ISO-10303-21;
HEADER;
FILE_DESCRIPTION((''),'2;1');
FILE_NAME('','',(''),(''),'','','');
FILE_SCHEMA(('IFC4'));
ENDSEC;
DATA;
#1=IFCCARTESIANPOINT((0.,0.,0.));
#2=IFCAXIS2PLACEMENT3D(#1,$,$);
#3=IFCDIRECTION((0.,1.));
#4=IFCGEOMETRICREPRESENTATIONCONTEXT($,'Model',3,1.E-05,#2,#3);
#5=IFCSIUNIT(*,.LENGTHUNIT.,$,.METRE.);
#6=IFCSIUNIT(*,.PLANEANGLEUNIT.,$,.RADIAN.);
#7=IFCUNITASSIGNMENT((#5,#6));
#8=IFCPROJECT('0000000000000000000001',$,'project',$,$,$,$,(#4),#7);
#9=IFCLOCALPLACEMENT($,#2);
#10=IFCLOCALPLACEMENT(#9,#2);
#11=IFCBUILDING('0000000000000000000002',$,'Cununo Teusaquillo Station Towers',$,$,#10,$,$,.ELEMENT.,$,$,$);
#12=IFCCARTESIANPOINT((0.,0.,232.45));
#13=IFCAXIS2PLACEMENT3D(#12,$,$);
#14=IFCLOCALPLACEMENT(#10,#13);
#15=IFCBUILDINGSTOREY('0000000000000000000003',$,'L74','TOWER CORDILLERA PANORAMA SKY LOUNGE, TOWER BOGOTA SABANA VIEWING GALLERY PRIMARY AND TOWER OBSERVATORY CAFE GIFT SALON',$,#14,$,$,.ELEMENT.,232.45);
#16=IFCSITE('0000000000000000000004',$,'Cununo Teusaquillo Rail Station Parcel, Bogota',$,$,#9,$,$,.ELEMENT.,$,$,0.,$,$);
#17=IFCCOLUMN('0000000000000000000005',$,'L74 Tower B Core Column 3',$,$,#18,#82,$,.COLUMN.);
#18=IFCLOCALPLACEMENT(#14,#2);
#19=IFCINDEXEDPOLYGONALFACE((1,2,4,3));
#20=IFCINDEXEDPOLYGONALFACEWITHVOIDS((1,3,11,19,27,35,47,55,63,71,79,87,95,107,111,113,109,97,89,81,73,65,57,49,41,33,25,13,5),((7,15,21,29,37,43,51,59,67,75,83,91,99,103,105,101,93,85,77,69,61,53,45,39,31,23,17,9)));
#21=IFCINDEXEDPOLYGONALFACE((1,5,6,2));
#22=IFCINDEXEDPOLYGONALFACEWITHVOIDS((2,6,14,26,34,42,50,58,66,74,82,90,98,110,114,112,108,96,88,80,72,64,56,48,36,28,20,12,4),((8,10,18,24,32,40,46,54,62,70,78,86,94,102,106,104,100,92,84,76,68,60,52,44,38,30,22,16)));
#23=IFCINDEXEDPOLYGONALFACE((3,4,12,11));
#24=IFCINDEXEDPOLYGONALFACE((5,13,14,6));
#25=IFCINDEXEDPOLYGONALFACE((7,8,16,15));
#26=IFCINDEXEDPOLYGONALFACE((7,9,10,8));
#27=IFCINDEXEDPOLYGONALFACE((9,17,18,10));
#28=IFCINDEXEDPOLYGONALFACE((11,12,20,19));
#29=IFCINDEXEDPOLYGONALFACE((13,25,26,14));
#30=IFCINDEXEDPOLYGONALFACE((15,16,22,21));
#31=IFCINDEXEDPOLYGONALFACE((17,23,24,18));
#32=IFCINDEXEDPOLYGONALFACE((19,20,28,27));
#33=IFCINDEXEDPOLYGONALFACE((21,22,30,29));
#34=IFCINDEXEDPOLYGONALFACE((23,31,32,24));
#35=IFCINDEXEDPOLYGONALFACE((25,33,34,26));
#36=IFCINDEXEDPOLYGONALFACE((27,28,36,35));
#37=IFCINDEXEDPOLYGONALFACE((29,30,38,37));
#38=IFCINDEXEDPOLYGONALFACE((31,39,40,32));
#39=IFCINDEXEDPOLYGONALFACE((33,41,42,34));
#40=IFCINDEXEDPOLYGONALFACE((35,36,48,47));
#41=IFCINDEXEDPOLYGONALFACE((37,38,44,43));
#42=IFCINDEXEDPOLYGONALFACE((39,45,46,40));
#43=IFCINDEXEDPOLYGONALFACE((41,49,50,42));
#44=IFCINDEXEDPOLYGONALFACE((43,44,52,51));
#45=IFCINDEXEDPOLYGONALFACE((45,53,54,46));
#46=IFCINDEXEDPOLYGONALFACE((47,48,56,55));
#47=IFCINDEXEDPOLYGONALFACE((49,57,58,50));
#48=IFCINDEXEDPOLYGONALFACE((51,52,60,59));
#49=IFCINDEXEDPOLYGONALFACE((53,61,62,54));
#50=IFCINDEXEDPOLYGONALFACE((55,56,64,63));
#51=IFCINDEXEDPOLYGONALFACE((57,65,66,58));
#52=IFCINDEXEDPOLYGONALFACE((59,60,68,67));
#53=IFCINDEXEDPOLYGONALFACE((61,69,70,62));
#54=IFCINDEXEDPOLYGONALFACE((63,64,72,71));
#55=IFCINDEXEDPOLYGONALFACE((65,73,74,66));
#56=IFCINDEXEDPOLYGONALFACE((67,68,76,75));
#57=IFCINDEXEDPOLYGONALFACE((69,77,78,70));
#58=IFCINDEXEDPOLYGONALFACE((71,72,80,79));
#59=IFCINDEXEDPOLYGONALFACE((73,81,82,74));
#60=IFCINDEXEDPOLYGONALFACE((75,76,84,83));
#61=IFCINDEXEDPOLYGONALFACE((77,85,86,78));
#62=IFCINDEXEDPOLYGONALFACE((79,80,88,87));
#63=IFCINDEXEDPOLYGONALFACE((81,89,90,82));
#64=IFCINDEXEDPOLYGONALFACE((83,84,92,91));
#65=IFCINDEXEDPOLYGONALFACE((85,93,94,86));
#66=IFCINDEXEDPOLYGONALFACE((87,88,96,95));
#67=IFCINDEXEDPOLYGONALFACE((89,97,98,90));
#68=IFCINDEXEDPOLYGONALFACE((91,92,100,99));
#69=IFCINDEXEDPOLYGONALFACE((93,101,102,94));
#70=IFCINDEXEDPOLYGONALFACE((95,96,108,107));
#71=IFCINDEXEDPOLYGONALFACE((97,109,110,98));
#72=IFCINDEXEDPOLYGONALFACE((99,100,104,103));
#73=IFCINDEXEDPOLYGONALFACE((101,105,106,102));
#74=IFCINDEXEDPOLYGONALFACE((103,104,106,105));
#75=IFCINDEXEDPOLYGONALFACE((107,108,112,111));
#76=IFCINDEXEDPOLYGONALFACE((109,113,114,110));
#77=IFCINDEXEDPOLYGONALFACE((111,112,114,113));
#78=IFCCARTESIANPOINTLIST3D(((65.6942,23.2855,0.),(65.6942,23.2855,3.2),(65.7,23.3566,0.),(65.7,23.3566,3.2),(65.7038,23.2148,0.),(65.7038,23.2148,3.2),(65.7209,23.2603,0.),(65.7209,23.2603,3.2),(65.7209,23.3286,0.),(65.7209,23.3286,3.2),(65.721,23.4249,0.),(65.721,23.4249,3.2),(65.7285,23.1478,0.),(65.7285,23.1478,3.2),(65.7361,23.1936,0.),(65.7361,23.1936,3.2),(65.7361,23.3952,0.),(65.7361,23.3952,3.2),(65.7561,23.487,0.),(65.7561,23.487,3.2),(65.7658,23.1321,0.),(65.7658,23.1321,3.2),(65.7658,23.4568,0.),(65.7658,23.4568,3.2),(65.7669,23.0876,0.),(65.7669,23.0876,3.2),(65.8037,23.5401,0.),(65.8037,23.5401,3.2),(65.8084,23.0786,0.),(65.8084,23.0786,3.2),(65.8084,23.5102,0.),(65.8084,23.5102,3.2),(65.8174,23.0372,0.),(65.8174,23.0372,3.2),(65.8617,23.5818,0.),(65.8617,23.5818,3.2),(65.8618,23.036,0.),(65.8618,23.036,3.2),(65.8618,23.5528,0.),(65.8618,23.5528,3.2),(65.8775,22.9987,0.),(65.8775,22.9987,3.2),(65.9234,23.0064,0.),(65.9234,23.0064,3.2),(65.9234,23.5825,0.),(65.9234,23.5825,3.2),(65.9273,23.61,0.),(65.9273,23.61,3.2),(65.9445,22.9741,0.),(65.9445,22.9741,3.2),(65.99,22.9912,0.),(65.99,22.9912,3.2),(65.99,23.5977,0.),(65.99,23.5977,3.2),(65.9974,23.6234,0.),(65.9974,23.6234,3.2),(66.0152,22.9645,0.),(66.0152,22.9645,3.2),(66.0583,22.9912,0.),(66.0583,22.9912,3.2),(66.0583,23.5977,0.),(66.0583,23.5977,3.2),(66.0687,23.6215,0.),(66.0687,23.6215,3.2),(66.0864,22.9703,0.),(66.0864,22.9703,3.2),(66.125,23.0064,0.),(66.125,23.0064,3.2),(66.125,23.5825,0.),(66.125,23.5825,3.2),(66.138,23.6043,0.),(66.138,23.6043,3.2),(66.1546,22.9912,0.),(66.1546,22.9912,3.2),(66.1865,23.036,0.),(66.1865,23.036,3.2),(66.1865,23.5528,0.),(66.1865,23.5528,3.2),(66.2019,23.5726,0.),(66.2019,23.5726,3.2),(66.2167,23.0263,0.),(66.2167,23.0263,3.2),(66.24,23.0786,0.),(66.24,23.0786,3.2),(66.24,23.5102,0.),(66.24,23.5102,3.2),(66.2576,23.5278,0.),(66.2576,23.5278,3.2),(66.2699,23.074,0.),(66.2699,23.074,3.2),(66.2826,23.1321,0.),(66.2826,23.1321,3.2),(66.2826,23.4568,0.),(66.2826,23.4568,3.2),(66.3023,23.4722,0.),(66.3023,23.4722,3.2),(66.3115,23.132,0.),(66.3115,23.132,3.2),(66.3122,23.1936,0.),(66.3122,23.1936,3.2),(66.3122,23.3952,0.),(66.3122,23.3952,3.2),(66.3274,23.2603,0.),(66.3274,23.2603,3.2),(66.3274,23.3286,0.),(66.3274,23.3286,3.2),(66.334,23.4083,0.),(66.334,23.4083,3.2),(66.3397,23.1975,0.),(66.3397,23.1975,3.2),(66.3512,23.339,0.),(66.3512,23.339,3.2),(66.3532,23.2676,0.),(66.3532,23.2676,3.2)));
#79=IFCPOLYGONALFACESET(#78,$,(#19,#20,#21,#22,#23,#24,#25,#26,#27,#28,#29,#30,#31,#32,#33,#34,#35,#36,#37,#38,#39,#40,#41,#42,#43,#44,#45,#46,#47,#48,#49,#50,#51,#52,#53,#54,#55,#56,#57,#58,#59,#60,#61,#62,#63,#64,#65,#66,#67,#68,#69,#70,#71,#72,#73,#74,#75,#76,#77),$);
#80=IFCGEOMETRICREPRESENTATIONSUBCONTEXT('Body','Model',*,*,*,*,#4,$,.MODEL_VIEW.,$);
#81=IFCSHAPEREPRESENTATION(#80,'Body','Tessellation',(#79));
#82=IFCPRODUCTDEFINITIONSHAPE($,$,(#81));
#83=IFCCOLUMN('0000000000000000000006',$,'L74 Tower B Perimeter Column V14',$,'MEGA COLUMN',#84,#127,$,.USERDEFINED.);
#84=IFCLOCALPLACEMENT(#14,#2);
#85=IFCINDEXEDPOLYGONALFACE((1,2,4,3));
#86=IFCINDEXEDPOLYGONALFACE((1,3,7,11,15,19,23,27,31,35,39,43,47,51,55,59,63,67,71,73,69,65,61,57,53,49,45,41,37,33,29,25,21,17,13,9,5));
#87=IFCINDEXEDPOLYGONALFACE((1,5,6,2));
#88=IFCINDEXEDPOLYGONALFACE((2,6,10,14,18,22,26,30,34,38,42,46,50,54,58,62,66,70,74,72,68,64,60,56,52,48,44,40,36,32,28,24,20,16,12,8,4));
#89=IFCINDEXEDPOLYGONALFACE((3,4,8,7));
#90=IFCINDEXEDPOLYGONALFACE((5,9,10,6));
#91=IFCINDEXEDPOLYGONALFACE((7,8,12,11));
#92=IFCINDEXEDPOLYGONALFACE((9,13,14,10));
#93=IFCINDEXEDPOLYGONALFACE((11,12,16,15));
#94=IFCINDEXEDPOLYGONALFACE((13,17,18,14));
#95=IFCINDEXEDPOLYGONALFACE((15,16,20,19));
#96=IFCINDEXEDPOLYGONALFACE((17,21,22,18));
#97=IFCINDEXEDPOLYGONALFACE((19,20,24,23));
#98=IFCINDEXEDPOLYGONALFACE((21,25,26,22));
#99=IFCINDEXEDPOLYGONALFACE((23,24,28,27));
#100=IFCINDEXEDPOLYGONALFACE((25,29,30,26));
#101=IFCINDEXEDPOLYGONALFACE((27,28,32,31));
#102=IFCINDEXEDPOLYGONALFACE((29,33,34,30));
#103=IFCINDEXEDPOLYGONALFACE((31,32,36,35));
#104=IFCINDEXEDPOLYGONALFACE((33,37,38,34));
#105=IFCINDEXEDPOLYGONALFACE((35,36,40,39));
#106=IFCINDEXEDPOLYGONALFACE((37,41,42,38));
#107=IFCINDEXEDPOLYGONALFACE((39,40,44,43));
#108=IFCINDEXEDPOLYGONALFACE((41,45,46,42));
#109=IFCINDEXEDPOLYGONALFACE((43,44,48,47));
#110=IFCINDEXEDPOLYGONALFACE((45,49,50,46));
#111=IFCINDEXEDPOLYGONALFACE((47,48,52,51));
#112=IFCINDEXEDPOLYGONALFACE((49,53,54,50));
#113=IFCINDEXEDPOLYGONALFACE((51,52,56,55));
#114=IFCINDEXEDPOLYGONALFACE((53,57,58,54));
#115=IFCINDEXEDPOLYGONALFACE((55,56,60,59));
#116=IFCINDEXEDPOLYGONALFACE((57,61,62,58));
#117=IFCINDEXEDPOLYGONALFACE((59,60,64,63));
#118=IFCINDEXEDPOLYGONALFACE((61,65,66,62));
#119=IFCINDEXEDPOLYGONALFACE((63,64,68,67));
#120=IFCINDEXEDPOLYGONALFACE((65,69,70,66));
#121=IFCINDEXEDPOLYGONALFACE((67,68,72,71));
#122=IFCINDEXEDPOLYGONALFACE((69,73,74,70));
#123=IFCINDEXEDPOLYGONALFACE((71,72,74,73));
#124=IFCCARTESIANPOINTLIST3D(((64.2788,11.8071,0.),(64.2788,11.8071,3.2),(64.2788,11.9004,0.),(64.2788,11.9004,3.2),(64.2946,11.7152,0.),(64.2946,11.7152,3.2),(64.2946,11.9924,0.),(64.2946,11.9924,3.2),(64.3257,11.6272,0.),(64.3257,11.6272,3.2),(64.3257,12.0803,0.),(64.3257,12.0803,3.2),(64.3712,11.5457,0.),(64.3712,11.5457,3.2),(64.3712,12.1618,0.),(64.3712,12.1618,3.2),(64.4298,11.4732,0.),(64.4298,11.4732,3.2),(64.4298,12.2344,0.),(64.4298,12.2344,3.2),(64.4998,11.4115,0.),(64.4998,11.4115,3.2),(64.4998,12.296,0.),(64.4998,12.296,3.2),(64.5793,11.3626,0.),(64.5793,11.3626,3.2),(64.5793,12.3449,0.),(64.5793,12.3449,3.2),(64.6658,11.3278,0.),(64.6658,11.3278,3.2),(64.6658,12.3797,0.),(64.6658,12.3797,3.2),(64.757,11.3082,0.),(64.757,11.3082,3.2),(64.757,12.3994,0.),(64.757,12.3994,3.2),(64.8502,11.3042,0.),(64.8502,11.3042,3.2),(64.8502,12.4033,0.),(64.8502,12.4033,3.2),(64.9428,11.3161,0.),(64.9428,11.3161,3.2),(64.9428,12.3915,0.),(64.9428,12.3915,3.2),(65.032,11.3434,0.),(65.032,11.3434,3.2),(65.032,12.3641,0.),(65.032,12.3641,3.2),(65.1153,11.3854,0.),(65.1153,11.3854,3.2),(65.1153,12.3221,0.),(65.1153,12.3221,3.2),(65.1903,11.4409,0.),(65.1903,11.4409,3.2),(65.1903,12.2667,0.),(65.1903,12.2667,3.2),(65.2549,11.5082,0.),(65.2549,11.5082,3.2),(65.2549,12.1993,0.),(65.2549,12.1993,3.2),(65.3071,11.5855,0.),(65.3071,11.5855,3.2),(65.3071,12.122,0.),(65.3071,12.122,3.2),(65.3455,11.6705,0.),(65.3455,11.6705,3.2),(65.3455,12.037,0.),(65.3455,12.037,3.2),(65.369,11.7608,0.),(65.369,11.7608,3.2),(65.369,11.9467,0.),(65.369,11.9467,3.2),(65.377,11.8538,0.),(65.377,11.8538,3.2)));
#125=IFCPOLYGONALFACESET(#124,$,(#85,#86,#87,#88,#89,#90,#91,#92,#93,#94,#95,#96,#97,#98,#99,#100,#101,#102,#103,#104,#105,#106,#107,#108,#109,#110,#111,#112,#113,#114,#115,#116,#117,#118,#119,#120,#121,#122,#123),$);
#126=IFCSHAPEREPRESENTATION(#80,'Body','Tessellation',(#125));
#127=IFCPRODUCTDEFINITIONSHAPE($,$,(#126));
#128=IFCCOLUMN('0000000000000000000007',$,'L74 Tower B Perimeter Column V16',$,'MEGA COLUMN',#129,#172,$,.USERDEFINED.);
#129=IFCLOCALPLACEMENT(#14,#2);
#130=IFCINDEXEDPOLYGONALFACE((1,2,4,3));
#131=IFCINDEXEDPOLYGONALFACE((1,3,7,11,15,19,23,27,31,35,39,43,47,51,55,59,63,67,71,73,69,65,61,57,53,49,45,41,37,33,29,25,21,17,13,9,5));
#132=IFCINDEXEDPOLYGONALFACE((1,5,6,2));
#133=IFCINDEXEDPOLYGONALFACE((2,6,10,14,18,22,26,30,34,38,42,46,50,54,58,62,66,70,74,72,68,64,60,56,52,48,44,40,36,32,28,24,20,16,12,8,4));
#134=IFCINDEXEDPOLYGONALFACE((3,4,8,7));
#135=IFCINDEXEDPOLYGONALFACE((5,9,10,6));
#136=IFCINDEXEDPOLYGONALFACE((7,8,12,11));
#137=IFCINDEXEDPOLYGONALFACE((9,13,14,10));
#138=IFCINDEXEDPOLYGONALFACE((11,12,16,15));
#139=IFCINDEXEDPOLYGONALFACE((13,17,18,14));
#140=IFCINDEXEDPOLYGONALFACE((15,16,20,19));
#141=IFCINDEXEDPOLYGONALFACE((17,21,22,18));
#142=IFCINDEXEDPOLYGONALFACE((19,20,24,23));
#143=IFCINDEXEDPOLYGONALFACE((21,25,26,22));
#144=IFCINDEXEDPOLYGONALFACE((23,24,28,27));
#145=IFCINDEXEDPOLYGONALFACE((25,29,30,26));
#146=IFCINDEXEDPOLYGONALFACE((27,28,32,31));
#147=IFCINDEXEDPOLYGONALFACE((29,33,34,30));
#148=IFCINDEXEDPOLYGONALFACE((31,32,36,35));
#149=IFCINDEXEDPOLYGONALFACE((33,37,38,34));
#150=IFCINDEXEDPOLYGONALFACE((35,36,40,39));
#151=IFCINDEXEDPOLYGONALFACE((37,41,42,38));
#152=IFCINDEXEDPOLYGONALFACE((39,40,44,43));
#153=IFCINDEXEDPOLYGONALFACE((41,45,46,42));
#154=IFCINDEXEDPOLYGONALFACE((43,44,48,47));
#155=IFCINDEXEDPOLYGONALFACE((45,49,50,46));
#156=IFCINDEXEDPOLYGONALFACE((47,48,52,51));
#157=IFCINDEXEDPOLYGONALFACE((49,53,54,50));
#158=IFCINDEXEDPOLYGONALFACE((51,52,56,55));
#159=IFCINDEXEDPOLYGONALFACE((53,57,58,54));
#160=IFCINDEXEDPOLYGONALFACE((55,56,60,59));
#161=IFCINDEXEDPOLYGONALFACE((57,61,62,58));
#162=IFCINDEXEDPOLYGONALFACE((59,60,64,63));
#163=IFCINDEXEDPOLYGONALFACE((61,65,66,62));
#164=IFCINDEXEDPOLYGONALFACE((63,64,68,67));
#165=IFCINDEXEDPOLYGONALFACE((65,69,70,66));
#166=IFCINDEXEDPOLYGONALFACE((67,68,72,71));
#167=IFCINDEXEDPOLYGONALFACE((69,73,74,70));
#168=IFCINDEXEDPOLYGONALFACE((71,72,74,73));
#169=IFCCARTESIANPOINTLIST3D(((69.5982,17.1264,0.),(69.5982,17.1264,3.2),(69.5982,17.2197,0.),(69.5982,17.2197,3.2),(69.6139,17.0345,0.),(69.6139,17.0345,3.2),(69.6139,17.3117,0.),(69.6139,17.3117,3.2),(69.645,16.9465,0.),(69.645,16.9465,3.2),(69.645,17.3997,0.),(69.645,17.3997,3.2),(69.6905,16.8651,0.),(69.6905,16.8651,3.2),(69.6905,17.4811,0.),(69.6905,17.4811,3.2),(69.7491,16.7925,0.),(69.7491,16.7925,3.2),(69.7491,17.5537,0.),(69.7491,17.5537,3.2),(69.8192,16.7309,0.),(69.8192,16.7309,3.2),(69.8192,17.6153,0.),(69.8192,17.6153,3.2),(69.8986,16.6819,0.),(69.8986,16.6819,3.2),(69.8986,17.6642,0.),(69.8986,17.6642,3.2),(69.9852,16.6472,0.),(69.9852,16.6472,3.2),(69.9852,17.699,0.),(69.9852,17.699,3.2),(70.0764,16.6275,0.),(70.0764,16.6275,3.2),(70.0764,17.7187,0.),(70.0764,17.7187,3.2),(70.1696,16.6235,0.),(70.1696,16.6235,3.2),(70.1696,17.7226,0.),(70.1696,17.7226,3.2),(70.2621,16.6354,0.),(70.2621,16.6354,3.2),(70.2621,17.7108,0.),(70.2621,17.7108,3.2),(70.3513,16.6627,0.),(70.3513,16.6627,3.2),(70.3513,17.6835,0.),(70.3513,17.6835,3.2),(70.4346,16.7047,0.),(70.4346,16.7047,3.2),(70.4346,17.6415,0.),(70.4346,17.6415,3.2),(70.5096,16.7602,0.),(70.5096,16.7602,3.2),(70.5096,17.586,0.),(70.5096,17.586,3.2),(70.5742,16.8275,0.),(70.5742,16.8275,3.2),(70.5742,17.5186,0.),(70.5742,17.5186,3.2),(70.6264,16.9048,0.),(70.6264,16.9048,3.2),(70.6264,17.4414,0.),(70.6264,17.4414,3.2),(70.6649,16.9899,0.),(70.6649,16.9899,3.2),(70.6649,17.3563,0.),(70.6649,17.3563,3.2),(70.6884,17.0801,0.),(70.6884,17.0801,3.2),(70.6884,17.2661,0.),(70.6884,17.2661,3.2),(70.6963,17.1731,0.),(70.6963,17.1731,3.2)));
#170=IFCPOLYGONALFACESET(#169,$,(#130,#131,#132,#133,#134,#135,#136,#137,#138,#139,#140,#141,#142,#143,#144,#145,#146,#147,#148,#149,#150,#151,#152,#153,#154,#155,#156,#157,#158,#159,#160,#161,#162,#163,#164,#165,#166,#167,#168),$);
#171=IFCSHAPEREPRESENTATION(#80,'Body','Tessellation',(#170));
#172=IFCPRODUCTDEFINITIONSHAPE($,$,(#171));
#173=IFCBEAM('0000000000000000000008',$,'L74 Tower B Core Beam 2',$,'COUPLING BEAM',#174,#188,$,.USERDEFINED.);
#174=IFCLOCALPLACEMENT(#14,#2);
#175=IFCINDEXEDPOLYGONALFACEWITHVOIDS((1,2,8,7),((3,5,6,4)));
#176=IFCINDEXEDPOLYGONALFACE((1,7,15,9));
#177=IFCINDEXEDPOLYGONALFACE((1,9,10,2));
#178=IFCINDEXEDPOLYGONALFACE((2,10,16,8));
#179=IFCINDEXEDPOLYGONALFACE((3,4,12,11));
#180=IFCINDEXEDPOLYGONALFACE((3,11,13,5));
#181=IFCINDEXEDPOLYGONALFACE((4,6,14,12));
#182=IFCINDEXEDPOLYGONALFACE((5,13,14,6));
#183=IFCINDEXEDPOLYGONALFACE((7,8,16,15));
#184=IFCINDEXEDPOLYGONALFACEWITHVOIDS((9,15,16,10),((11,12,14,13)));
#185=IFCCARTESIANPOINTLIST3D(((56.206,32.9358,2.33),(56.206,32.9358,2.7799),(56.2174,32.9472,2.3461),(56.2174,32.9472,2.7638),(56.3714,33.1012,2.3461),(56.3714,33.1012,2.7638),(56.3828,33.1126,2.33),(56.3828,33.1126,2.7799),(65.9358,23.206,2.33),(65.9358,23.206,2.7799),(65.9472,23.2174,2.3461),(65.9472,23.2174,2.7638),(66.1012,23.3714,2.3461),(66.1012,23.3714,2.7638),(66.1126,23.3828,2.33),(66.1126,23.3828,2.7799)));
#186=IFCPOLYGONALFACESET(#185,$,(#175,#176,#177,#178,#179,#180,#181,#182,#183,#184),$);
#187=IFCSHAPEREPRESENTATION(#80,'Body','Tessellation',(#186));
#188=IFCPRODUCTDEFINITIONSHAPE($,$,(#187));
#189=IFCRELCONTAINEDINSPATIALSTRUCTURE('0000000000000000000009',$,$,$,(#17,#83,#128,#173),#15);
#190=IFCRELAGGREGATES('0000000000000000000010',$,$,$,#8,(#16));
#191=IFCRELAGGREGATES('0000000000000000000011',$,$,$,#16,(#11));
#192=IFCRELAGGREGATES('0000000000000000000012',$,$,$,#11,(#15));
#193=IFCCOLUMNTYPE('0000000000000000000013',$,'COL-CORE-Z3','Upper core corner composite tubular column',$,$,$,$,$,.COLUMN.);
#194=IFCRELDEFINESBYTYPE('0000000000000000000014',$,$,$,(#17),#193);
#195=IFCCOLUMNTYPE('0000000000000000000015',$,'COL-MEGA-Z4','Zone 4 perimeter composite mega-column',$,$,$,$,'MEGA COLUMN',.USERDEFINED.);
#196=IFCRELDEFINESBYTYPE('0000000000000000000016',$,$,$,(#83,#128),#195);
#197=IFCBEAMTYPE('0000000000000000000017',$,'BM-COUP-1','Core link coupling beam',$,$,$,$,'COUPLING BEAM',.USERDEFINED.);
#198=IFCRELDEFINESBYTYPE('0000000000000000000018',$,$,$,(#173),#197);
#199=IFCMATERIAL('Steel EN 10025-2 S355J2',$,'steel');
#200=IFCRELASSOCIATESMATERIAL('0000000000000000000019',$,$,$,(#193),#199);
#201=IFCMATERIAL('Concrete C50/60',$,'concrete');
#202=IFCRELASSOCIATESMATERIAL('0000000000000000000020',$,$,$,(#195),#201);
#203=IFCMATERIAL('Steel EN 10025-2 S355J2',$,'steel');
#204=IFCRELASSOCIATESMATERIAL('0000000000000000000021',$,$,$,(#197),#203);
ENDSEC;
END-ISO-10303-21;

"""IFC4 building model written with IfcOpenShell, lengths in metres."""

from ifc_helpers import new_model, si_unit, direction, frame, origin, origin_2d, place, context, subcontext, project, spatial, hollow_rectangle, circle, hollow_circle, extrude, material, material_profile, profile_set, type_object, element, save


model = new_model("IFC4")

# Units and contexts
model_context = context("Model", 3, precision=1e-05, world=origin(), true_north=direction((0.0, 1.0)))
body_context = subcontext(model_context, "Body", "Model", "MODEL_VIEW")
ifc_project = project(units=[si_unit("LENGTHUNIT", "METRE"), si_unit("PLANEANGLEUNIT", "RADIAN")], contexts=[model_context])

# Site, building, storey
site_placement = place(None, origin())
site = spatial("IfcSite", under=ifc_project, at=site_placement, Name="Cununo Teusaquillo Rail Station Parcel, Bogota", CompositionType="ELEMENT", RefElevation=0.0)
building_placement = place(site_placement, origin())
building = spatial("IfcBuilding", under=site, at=building_placement, Name="Cununo Teusaquillo Station Towers", CompositionType="ELEMENT")
storey_placement = place(building_placement, frame((0.0, 0.0, 232.45)))
storey = spatial("IfcBuildingStorey", under=building, at=storey_placement, Name="L74", Description="TOWER CORDILLERA PANORAMA SKY LOUNGE, TOWER BOGOTA SABANA VIEWING GALLERY PRIMARY AND TOWER OBSERVATORY CAFE GIFT SALON", CompositionType="ELEMENT", Elevation=232.45)

# Columns
ifc_material_1 = material(Name="Steel EN 10025-2 S355J2", Category="steel")
ifc_material_profile_1 = material_profile(ifc_material_1, hollow_circle(Radius=0.3301, WallThickness=0.0249, at=origin_2d()), Name="CHS 660x25")
ifc_profile_set_1 = profile_set([ifc_material_profile_1], Name="Steel EN 10025-2 S355J2")
column_type_1 = type_object("IfcColumnType", Name="COL-CORE-Z3", Description="Upper core corner composite tubular column", PredefinedType="COLUMN", material=ifc_profile_set_1)
column_placement = place(storey_placement, frame((66.0242, 23.2944, 0.0), z_axis=(0.0, 0.0, 1.0), x_axis=(0.707107, 0.707107, 0.0)))
element("IfcColumn", 1, at=column_placement, inside=storey, type_object=column_type_1, Name="L74 Tower B Core Column 3", PredefinedType="COLUMN", context=body_context, shape_type="SweptSolid", body=[
    extrude(hollow_circle(Radius=0.3301, WallThickness=0.0249, at=origin_2d()), origin(), (0.0, 0.0, 1.0), 3.2),
])
ifc_material_2 = material(Name="Concrete C50/60", Category="concrete")
ifc_material_profile_2 = material_profile(ifc_material_2, circle(Radius=0.55, at=origin_2d()), Name="RC-CIRC-1100")
ifc_profile_set_2 = profile_set([ifc_material_profile_2], Name="Concrete C50/60")
column_type_2 = type_object("IfcColumnType", Name="COL-MEGA-Z4", Description="Zone 4 perimeter composite mega-column", ElementType="MEGA COLUMN", PredefinedType="USERDEFINED", material=ifc_profile_set_2)
for number, where, z_axis, x_axis, name in (
    (2, (64.8269, 11.8538, 0.0), (0.0, 0.0, 1.0), (1.0, 0.0, 0.0), "L74 Tower B Perimeter Column V14"),
    (3, (70.1462, 17.1731, 0.0), (0.0, 0.0, 1.0), (1.0, 0.0, 0.0), "L74 Tower B Perimeter Column V16"),
):
    element("IfcColumn", number, at=place(storey_placement, frame(where, z_axis=z_axis, x_axis=x_axis)), inside=storey, type_object=column_type_2, Name=name, ObjectType="MEGA COLUMN", PredefinedType="USERDEFINED", context=body_context, shape_type="SweptSolid", body=[
        extrude(circle(Radius=0.55, at=origin_2d()), origin(), (0.0, 0.0, 1.0), 3.2),
    ])

# Beam
ifc_material_3 = material(Name="Steel EN 10025-2 S355J2", Category="steel")
ifc_material_profile_3 = material_profile(ifc_material_3, hollow_rectangle(XDim=0.25, YDim=0.45, WallThickness=0.0161, at=origin_2d()), Name="RHS 450x250x16")
ifc_profile_set_3 = profile_set([ifc_material_profile_3], Name="Steel EN 10025-2 S355J2")
beam_type_1 = type_object("IfcBeamType", Name="BM-COUP-1", Description="Core link coupling beam", ElementType="COUPLING BEAM", PredefinedType="USERDEFINED", material=ifc_profile_set_3)
beam_1_placement = place(storey_placement, frame((66.0242, 23.2944, 2.5549), z_axis=(-0.707107, 0.707107, 0.0), x_axis=(-0.707107, -0.707107, 0.0)))
element("IfcBeam", 4, at=beam_1_placement, inside=storey, type_object=beam_type_1, Name="L74 Tower B Core Beam 2", ObjectType="COUPLING BEAM", PredefinedType="USERDEFINED", context=body_context, shape_type="SweptSolid", body=[
    extrude(hollow_rectangle(XDim=0.25, YDim=0.45, WallThickness=0.0161, at=origin_2d()), origin(), (0.0, 0.0, 1.0), 13.76),
])

save(model, "model.ifc")
